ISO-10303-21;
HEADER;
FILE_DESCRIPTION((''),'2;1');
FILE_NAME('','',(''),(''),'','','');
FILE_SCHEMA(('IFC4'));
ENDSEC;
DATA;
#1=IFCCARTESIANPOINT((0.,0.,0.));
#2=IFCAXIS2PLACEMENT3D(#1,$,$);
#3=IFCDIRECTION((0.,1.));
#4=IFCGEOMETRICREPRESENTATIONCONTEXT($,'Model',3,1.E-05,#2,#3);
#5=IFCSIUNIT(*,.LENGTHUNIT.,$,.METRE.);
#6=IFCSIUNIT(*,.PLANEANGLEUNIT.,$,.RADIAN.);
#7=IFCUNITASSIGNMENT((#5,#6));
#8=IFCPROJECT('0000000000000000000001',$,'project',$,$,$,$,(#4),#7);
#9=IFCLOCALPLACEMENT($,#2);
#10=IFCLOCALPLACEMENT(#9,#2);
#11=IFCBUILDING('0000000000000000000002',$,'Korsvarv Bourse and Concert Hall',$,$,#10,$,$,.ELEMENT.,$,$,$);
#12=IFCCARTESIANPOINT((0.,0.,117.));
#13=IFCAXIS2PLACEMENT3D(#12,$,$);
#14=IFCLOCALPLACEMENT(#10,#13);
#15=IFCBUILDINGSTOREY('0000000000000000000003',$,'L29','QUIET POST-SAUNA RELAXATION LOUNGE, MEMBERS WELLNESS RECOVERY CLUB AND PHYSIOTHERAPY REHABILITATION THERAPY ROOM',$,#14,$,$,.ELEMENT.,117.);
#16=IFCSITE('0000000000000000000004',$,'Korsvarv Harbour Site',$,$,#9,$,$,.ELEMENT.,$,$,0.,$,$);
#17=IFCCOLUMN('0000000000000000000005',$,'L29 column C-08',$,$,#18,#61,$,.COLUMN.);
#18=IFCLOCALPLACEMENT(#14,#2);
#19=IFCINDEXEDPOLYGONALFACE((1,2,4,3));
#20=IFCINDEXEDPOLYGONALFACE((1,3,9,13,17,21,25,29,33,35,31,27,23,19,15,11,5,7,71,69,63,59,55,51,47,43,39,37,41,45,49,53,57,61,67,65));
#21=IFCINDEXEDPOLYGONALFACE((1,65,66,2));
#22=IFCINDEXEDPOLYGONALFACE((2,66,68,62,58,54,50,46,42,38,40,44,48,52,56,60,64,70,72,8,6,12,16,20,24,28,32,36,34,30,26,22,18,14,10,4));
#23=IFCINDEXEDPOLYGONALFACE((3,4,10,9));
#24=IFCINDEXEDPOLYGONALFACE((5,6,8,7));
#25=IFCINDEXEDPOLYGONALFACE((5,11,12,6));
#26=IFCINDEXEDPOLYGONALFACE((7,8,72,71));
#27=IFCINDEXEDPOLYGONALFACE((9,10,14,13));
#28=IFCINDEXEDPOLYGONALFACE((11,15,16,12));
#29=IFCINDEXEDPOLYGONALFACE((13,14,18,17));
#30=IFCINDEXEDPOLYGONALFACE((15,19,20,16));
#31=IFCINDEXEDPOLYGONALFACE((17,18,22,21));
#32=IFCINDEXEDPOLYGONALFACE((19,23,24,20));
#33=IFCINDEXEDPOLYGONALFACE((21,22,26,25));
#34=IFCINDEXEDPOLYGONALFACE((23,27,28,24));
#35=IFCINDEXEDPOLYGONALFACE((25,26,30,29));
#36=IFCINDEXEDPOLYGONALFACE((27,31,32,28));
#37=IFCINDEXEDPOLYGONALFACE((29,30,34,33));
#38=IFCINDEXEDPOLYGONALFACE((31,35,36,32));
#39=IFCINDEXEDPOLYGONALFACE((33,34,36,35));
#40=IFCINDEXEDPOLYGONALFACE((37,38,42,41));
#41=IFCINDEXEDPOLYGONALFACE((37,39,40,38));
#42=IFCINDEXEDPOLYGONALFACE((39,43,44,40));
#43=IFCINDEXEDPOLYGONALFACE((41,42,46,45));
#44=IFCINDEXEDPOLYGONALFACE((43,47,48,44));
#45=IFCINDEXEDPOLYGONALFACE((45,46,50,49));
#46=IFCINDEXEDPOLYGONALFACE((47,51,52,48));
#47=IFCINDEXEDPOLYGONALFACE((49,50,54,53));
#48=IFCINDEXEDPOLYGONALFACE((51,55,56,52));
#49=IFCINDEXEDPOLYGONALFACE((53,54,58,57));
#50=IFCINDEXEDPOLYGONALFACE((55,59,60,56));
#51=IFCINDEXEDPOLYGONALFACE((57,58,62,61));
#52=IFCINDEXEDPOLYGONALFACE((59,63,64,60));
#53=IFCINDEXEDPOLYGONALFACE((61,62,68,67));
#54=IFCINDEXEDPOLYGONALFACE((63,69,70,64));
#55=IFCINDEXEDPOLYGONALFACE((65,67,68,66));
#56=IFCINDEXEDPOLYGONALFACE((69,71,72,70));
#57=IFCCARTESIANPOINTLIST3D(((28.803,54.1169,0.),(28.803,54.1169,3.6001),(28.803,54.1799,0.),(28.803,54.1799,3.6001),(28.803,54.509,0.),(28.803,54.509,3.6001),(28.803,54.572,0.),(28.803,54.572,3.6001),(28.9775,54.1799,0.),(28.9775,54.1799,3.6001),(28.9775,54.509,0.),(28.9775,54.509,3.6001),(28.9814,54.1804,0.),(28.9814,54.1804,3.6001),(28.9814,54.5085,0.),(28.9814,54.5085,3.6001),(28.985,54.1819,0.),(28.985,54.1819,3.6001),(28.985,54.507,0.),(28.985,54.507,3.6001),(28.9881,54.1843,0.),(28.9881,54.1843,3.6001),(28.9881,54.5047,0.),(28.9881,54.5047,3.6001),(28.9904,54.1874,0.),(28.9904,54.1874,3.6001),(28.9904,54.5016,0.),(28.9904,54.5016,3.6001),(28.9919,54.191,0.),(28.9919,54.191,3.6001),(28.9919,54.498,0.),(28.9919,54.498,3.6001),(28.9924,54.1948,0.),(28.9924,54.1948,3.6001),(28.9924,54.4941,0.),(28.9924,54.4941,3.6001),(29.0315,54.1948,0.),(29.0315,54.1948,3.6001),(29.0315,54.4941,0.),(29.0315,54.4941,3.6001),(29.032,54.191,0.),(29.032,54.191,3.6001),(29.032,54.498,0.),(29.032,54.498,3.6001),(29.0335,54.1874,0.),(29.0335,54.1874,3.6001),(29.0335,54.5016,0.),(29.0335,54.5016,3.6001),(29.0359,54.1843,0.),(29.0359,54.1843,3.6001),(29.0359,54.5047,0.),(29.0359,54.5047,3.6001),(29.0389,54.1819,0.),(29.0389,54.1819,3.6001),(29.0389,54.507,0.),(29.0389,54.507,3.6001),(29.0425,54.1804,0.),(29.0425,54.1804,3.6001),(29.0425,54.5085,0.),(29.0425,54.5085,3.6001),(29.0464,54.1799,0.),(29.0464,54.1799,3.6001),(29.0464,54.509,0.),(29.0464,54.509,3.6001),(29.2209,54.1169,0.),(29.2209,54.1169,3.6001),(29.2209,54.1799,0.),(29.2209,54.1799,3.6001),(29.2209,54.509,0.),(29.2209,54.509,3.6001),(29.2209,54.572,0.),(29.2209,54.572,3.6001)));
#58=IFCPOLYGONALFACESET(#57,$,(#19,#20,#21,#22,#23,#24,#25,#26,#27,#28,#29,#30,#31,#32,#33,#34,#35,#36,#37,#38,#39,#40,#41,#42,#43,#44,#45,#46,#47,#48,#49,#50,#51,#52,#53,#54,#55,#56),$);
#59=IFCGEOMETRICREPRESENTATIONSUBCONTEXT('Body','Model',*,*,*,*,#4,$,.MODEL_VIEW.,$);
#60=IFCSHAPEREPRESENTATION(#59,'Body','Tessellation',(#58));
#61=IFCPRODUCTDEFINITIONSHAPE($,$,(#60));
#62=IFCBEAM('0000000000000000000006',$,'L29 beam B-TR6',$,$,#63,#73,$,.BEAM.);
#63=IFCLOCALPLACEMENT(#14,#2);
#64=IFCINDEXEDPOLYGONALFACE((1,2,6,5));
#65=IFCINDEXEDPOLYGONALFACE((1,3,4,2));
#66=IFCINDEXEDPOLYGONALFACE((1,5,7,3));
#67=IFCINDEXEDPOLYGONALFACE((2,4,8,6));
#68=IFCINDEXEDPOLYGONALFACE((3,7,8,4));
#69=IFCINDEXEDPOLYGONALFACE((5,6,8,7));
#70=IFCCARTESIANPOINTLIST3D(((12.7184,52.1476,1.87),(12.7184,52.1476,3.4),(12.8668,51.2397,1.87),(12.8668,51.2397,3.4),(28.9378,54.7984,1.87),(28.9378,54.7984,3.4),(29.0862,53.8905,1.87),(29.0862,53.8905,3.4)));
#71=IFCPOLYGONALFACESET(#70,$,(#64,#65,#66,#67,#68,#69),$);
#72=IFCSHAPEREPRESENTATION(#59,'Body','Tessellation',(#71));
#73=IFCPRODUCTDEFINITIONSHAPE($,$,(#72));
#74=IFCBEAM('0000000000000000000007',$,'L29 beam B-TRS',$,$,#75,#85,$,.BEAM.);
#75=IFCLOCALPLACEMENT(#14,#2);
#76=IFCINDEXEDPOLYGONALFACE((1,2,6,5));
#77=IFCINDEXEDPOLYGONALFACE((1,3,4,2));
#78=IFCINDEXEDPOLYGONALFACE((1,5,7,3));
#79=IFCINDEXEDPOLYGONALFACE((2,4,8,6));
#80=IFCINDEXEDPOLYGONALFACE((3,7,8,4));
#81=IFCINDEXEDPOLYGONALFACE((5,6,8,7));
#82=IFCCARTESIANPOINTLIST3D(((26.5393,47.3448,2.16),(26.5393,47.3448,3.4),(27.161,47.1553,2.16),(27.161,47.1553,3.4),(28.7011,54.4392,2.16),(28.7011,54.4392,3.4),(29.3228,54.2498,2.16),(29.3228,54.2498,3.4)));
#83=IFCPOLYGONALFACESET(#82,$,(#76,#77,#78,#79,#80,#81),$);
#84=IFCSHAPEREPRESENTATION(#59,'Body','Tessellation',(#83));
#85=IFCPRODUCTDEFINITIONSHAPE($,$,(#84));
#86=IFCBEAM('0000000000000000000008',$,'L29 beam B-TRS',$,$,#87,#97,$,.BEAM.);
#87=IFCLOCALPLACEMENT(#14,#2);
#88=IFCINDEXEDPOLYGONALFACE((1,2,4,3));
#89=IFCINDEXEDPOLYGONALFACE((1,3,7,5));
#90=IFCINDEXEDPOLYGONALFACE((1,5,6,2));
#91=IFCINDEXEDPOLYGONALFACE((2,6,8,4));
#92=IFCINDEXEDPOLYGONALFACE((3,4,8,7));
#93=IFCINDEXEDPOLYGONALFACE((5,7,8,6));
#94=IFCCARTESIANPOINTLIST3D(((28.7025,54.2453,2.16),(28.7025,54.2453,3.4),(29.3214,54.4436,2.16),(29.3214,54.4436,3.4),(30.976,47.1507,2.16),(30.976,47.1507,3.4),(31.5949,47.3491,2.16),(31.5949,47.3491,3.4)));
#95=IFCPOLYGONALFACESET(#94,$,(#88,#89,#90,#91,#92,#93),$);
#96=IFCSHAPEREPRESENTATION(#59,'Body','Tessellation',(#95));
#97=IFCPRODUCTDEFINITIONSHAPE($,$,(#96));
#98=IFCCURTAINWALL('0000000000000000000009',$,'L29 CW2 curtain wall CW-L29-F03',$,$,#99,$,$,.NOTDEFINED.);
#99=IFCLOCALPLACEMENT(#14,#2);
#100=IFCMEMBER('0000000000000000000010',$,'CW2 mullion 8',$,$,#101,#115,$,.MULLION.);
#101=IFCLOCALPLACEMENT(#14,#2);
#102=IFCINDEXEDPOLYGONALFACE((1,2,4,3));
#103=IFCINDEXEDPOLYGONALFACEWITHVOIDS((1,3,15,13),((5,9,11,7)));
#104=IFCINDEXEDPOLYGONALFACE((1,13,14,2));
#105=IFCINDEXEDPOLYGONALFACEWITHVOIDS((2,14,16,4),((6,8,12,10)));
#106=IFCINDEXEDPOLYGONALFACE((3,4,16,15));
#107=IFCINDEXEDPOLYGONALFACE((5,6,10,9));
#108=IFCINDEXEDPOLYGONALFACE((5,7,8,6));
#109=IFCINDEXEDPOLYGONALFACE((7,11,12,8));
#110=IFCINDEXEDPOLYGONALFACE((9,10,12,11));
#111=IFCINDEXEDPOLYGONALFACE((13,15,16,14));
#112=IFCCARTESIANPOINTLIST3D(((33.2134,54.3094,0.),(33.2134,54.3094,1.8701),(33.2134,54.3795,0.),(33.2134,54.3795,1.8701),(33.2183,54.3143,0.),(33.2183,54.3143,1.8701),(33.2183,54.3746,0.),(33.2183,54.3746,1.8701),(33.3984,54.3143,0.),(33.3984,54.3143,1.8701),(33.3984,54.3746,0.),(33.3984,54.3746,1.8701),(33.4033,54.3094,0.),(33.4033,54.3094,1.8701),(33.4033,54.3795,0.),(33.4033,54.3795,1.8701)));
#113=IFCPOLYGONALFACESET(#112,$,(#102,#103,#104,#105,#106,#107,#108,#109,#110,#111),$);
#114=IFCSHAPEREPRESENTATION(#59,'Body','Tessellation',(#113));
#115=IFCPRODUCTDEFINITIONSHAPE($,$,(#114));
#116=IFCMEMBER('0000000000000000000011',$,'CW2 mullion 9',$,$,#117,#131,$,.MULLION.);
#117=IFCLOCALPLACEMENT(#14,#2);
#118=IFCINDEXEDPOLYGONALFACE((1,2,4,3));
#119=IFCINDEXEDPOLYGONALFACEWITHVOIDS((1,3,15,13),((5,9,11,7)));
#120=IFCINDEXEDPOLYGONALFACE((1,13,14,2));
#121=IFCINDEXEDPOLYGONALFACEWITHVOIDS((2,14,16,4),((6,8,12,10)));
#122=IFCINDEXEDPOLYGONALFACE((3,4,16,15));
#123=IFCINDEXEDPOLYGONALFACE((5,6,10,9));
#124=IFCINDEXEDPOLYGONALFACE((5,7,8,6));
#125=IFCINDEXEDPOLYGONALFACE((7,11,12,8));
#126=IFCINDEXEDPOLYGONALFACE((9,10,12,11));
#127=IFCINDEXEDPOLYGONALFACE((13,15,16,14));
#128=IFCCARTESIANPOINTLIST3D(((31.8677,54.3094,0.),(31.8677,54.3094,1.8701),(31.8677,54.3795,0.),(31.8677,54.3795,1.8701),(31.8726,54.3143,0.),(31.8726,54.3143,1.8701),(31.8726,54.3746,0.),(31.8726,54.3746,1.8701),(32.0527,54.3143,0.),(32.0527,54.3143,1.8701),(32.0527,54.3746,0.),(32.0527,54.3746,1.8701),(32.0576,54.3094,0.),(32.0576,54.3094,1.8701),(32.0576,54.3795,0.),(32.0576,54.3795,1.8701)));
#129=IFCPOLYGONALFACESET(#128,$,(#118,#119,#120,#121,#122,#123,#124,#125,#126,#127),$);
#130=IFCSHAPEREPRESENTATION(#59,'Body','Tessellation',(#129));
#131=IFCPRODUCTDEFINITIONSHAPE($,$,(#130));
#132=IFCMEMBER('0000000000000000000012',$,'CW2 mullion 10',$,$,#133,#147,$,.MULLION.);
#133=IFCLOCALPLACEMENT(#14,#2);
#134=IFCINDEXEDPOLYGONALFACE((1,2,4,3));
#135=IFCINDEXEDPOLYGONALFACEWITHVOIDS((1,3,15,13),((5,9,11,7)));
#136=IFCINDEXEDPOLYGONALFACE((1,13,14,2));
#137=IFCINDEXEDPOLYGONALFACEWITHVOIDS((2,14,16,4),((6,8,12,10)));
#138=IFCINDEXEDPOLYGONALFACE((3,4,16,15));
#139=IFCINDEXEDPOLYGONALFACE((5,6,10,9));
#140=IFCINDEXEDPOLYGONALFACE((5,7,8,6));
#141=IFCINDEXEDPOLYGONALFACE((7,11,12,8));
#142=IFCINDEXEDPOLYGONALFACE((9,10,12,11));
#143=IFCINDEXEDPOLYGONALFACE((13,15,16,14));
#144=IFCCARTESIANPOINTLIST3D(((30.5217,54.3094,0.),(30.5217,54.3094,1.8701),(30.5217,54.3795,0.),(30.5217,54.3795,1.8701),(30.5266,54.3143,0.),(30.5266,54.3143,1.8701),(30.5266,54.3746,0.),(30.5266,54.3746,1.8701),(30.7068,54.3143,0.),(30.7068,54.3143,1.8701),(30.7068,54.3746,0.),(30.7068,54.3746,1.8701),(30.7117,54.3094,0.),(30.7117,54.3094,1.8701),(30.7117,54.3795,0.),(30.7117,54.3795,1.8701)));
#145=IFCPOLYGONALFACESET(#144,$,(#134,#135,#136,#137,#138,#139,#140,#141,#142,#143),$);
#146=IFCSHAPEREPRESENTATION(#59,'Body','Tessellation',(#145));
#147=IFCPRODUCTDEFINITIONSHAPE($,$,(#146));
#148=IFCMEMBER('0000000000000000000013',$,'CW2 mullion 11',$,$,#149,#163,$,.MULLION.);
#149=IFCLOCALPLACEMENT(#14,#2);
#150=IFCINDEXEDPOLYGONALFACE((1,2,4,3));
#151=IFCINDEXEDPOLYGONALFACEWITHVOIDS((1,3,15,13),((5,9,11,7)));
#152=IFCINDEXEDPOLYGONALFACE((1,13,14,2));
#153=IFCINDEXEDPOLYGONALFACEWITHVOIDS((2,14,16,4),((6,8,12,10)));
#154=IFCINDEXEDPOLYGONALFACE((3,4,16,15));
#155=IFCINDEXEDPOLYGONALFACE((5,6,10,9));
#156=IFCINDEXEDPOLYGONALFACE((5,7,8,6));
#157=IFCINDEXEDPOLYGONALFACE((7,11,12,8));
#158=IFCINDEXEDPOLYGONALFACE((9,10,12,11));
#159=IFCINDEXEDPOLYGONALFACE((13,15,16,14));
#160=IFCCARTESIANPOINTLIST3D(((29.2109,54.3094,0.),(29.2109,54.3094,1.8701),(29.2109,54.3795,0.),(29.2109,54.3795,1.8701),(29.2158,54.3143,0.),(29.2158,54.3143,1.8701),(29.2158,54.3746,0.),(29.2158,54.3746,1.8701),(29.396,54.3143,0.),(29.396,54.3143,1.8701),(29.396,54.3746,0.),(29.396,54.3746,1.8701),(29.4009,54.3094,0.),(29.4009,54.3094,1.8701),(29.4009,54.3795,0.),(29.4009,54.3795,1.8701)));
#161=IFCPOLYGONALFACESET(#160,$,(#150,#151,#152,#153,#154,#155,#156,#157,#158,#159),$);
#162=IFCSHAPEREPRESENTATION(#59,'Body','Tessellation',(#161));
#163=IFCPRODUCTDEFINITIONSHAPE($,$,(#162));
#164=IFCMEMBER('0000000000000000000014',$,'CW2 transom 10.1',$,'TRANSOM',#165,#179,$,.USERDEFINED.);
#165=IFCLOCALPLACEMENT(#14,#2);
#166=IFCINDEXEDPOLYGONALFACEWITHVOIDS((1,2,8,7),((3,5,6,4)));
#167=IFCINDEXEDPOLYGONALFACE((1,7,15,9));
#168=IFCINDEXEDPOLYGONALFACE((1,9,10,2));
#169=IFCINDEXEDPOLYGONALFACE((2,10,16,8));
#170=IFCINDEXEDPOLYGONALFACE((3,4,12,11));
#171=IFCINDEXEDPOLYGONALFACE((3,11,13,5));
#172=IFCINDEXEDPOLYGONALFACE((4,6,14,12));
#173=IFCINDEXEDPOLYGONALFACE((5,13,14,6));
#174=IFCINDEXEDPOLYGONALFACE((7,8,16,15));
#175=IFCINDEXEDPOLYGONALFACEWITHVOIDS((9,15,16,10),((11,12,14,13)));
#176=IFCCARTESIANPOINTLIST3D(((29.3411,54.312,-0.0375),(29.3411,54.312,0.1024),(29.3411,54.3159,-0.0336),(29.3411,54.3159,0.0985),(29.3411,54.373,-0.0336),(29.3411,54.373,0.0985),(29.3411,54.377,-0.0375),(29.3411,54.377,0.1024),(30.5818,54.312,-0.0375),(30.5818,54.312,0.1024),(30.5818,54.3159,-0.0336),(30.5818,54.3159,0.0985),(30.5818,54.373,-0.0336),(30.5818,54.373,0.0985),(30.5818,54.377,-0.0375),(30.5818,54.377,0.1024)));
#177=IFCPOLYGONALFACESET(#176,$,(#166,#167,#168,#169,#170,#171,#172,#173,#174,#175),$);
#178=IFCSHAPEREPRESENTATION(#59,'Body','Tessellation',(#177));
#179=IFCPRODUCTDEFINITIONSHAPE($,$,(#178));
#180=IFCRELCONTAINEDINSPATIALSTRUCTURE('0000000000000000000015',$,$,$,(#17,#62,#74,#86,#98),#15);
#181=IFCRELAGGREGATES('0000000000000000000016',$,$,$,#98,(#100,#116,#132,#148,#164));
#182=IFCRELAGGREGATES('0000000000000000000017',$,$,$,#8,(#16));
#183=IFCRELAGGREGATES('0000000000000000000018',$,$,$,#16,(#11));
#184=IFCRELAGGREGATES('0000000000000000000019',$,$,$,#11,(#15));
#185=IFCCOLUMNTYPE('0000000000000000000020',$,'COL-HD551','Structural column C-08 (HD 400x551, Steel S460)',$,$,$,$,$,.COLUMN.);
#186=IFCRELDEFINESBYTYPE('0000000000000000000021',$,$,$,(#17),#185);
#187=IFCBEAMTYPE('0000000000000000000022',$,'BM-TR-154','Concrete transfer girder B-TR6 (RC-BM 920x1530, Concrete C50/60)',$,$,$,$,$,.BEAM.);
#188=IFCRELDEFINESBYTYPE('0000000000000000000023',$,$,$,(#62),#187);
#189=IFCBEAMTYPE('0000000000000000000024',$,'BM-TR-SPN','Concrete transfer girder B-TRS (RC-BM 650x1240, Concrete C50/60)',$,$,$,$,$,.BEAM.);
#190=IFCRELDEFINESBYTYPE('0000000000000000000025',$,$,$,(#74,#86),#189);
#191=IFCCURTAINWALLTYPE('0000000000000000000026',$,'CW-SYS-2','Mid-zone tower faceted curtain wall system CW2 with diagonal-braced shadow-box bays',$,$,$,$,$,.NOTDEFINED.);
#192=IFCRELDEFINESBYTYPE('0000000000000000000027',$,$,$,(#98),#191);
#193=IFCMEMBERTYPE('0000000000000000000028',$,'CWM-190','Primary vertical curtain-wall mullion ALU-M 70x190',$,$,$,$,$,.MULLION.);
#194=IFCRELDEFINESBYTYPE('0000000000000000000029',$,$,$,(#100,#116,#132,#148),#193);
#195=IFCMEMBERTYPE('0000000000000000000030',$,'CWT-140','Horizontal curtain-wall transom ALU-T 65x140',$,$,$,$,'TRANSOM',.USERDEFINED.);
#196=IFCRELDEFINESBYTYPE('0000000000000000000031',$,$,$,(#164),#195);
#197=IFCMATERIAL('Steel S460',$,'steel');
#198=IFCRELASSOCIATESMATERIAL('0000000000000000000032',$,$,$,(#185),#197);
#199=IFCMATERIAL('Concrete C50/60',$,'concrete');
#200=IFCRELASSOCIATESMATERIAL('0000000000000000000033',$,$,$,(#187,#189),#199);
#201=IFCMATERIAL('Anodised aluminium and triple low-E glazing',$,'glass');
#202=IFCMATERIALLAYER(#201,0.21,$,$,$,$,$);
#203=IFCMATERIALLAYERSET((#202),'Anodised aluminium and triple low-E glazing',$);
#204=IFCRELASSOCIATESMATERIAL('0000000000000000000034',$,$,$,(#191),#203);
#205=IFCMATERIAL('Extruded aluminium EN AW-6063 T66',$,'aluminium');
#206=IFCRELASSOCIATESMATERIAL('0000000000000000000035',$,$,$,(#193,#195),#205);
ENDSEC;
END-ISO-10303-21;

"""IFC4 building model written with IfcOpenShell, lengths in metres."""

from ifc_helpers import new_model, si_unit, direction, frame, origin, origin_2d, place, context, subcontext, project, spatial, rectangle, hollow_rectangle, i_section, extrude, source, transform, mapped, material, layer, layer_set, material_profile, profile_set, type_object, element, aggregate, save


model = new_model("IFC4")

# Units and contexts
model_context = context("Model", 3, precision=1e-05, world=origin(), true_north=direction((0.0, 1.0)))
body_context = subcontext(model_context, "Body", "Model", "MODEL_VIEW")
ifc_project = project(units=[si_unit("LENGTHUNIT", "METRE"), si_unit("PLANEANGLEUNIT", "RADIAN")], contexts=[model_context])

# Site, building, storey
site_placement = place(None, origin())
site = spatial("IfcSite", under=ifc_project, at=site_placement, Name="Korsvarv Harbour Site", CompositionType="ELEMENT", RefElevation=0.0)
building_placement = place(site_placement, origin())
building = spatial("IfcBuilding", under=site, at=building_placement, Name="Korsvarv Bourse and Concert Hall", CompositionType="ELEMENT")
storey_placement = place(building_placement, frame((0.0, 0.0, 117.0)))
storey = spatial("IfcBuildingStorey", under=building, at=storey_placement, Name="L29", Description="QUIET POST-SAUNA RELAXATION LOUNGE, MEMBERS WELLNESS RECOVERY CLUB AND PHYSIOTHERAPY REHABILITATION THERAPY ROOM", CompositionType="ELEMENT", Elevation=117.0)

# Column
ifc_material_1 = material(Name="Steel S460", Category="steel")
ifc_material_profile_1 = material_profile(ifc_material_1, i_section(OverallWidth=0.418, OverallDepth=0.4551, WebThickness=0.0391, FlangeThickness=0.063, FilletRadius=0.0149, at=origin_2d()), Name="HD 400x551")
ifc_profile_set_1 = profile_set([ifc_material_profile_1], Name="Steel S460")
column_type = type_object("IfcColumnType", Name="COL-HD551", Description="Structural column C-08 (HD 400x551, Steel S460)", PredefinedType="COLUMN", material=ifc_profile_set_1)
shared_shape_1 = source(origin(), body_context, "Body", "SweptSolid", [
    extrude(i_section(OverallWidth=0.418, OverallDepth=0.4551, WebThickness=0.0391, FlangeThickness=0.063, FilletRadius=0.0149, at=origin_2d()), origin(), (0.0, 0.0, 1.0), 3.6001),
])
column_placement = place(storey_placement, frame((29.012, 54.3445, 0.0), z_axis=(0.0, 0.0, 1.0), x_axis=(1.0, 0.0, 0.0)))
element("IfcColumn", 1, at=column_placement, inside=storey, type_object=column_type, Name="L29 column C-08", PredefinedType="COLUMN", context=body_context, shape_type="MappedRepresentation", body=[
    mapped(shared_shape_1, transform((0.0, 0.0, 0.0), scale=1.0)),
])

# Beams
ifc_material_2 = material(Name="Concrete C50/60", Category="concrete")
ifc_material_profile_2 = material_profile(ifc_material_2, rectangle(XDim=0.9199, YDim=1.53, at=origin_2d()), Name="RC-BM 920x1530")
ifc_profile_set_2 = profile_set([ifc_material_profile_2], Name="Concrete C50/60")
beam_type_1 = type_object("IfcBeamType", Name="BM-TR-154", Description="Concrete transfer girder B-TR6 (RC-BM 920x1530, Concrete C50/60)", PredefinedType="BEAM", material=ifc_profile_set_2)
shared_shape_2 = source(origin(), body_context, "Body", "SweptSolid", [
    extrude(rectangle(XDim=0.9199, YDim=1.53, at=origin_2d()), origin(), (0.0, 0.0, 1.0), 16.4346),
])
beam_1_placement = place(storey_placement, frame((29.012, 54.3445, 2.635), z_axis=(-0.986906, -0.161298, 0.0), x_axis=(0.161298, -0.986906, 0.0)))
element("IfcBeam", 2, at=beam_1_placement, inside=storey, type_object=beam_type_1, Name="L29 beam B-TR6", PredefinedType="BEAM", context=body_context, shape_type="MappedRepresentation", body=[
    mapped(shared_shape_2, transform((0.0, 0.0, 0.0), scale=1.0)),
])
ifc_material_profile_3 = material_profile(ifc_material_2, rectangle(XDim=0.6499, YDim=1.24, at=origin_2d()), Name="RC-BM 650x1240")
ifc_profile_set_3 = profile_set([ifc_material_profile_3], Name="Concrete C50/60")
beam_type_2 = type_object("IfcBeamType", Name="BM-TR-SPN", Description="Concrete transfer girder B-TRS (RC-BM 650x1240, Concrete C50/60)", PredefinedType="BEAM", material=ifc_profile_set_3)
shared_shape_3 = source(origin(), body_context, "Body", "SweptSolid", [
    extrude(rectangle(XDim=0.6499, YDim=1.24, at=origin_2d()), origin(), (0.0, 0.0, 1.0), 7.4165),
])
beam_2_placement = place(storey_placement, frame((29.012, 54.3445, 2.78), z_axis=(-0.291492, -0.956573, 0.0), x_axis=(0.956573, -0.291492, 0.0)))
element("IfcBeam", 3, at=beam_2_placement, inside=storey, type_object=beam_type_2, Name="L29 beam B-TRS", PredefinedType="BEAM", context=body_context, shape_type="MappedRepresentation", body=[
    mapped(shared_shape_3, transform((0.0, 0.0, 0.0), scale=1.0)),
])
shared_shape_4 = source(origin(), body_context, "Body", "SweptSolid", [
    extrude(rectangle(XDim=0.6499, YDim=1.24, at=origin_2d()), origin(), (0.0, 0.0, 1.0), 7.45),
])
beam_3_placement = place(storey_placement, frame((29.012, 54.3445, 2.78), z_axis=(0.305166, -0.952299, 0.0), x_axis=(0.952299, 0.305166, 0.0)))
element("IfcBeam", 4, at=beam_3_placement, inside=storey, type_object=beam_type_2, Name="L29 beam B-TRS", PredefinedType="BEAM", context=body_context, shape_type="MappedRepresentation", body=[
    mapped(shared_shape_4, transform((0.0, 0.0, 0.0), scale=1.0)),
])

# Curtain wall, members
ifc_material_3 = material(Name="Anodised aluminium and triple low-E glazing", Category="glass")
ifc_layer_1 = layer(ifc_material_3, 0.21)
ifc_layer_set_1 = layer_set([ifc_layer_1], Name="Anodised aluminium and triple low-E glazing")
curtain_wall_type = type_object("IfcCurtainWallType", Name="CW-SYS-2", Description="Mid-zone tower faceted curtain wall system CW2 with diagonal-braced shadow-box bays", PredefinedType="NOTDEFINED", material=ifc_layer_set_1)
curtain_wall_placement = place(storey_placement, origin())
curtain_wall = element("IfcCurtainWall", 5, at=curtain_wall_placement, inside=storey, type_object=curtain_wall_type, Name="L29 CW2 curtain wall CW-L29-F03", PredefinedType="NOTDEFINED")
ifc_material_4 = material(Name="Extruded aluminium EN AW-6063 T66", Category="aluminium")
ifc_material_profile_4 = material_profile(ifc_material_4, hollow_rectangle(XDim=0.0701, YDim=0.1899, WallThickness=0.0049, at=origin_2d()), Name="ALU-M 70x190")
ifc_profile_set_4 = profile_set([ifc_material_profile_4], Name="Extruded aluminium EN AW-6063 T66")
member_type_1 = type_object("IfcMemberType", Name="CWM-190", Description="Primary vertical curtain-wall mullion ALU-M 70x190", PredefinedType="MULLION", material=ifc_profile_set_4)
shared_shape_5 = source(origin(), body_context, "Body", "SweptSolid", [
    extrude(hollow_rectangle(XDim=0.0701, YDim=0.1899, WallThickness=0.0049, at=origin_2d()), origin(), (0.0, 0.0, 1.0), 1.8701),
])
member_1_placement = place(storey_placement, frame((33.3083, 54.3445, 0.0), z_axis=(0.0, 0.0, 1.0), x_axis=(0.0, -1.0, 0.0)))
member_1 = element("IfcMember", 6, at=member_1_placement, type_object=member_type_1, Name="CW2 mullion 8", PredefinedType="MULLION", context=body_context, shape_type="MappedRepresentation", body=[
    mapped(shared_shape_5, transform((0.0, 0.0, 0.0), scale=1.0)),
])
member_2_placement = place(storey_placement, frame((31.9626, 54.3445, 0.0), z_axis=(0.0, 0.0, 1.0), x_axis=(0.0, -1.0, 0.0)))
member_2 = element("IfcMember", 7, at=member_2_placement, type_object=member_type_1, Name="CW2 mullion 9", PredefinedType="MULLION", context=body_context, shape_type="MappedRepresentation", body=[
    mapped(shared_shape_5, transform((0.0, 0.0, 0.0), scale=1.0)),
])
member_3_placement = place(storey_placement, frame((30.6167, 54.3445, 0.0), z_axis=(0.0, 0.0, 1.0), x_axis=(0.0, -1.0, 0.0)))
member_3 = element("IfcMember", 8, at=member_3_placement, type_object=member_type_1, Name="CW2 mullion 10", PredefinedType="MULLION", context=body_context, shape_type="MappedRepresentation", body=[
    mapped(shared_shape_5, transform((0.0, 0.0, 0.0), scale=1.0)),
])
member_4_placement = place(storey_placement, frame((29.3059, 54.3445, 0.0), z_axis=(0.0, 0.0, 1.0), x_axis=(0.0, -1.0, 0.0)))
member_4 = element("IfcMember", 9, at=member_4_placement, type_object=member_type_1, Name="CW2 mullion 11", PredefinedType="MULLION", context=body_context, shape_type="MappedRepresentation", body=[
    mapped(shared_shape_5, transform((0.0, 0.0, 0.0), scale=1.0)),
])
ifc_material_profile_5 = material_profile(ifc_material_4, hollow_rectangle(XDim=0.0649, YDim=0.1399, WallThickness=0.0039, at=origin_2d()), Name="ALU-T 65x140")
ifc_profile_set_5 = profile_set([ifc_material_profile_5], Name="Extruded aluminium EN AW-6063 T66")
member_type_2 = type_object("IfcMemberType", Name="CWT-140", Description="Horizontal curtain-wall transom ALU-T 65x140", ElementType="TRANSOM", PredefinedType="USERDEFINED", material=ifc_profile_set_5)
shared_shape_6 = source(origin(), body_context, "Body", "SweptSolid", [
    extrude(hollow_rectangle(XDim=0.0649, YDim=0.1399, WallThickness=0.0039, at=origin_2d()), origin(), (0.0, 0.0, 1.0), 1.2407),
])
member_5_placement = place(storey_placement, frame((30.5818, 54.3445, 0.0325), z_axis=(-1.0, 0.0, 0.0), x_axis=(0.0, -1.0, 0.0)))
member_5 = element("IfcMember", 10, at=member_5_placement, type_object=member_type_2, Name="CW2 transom 10.1", ObjectType="TRANSOM", PredefinedType="USERDEFINED", context=body_context, shape_type="MappedRepresentation", body=[
    mapped(shared_shape_6, transform((0.0, 0.0, 0.0), scale=1.0)),
])
aggregate(curtain_wall, [member_1, member_2, member_3, member_4, member_5])

save(model, "model.ifc")
